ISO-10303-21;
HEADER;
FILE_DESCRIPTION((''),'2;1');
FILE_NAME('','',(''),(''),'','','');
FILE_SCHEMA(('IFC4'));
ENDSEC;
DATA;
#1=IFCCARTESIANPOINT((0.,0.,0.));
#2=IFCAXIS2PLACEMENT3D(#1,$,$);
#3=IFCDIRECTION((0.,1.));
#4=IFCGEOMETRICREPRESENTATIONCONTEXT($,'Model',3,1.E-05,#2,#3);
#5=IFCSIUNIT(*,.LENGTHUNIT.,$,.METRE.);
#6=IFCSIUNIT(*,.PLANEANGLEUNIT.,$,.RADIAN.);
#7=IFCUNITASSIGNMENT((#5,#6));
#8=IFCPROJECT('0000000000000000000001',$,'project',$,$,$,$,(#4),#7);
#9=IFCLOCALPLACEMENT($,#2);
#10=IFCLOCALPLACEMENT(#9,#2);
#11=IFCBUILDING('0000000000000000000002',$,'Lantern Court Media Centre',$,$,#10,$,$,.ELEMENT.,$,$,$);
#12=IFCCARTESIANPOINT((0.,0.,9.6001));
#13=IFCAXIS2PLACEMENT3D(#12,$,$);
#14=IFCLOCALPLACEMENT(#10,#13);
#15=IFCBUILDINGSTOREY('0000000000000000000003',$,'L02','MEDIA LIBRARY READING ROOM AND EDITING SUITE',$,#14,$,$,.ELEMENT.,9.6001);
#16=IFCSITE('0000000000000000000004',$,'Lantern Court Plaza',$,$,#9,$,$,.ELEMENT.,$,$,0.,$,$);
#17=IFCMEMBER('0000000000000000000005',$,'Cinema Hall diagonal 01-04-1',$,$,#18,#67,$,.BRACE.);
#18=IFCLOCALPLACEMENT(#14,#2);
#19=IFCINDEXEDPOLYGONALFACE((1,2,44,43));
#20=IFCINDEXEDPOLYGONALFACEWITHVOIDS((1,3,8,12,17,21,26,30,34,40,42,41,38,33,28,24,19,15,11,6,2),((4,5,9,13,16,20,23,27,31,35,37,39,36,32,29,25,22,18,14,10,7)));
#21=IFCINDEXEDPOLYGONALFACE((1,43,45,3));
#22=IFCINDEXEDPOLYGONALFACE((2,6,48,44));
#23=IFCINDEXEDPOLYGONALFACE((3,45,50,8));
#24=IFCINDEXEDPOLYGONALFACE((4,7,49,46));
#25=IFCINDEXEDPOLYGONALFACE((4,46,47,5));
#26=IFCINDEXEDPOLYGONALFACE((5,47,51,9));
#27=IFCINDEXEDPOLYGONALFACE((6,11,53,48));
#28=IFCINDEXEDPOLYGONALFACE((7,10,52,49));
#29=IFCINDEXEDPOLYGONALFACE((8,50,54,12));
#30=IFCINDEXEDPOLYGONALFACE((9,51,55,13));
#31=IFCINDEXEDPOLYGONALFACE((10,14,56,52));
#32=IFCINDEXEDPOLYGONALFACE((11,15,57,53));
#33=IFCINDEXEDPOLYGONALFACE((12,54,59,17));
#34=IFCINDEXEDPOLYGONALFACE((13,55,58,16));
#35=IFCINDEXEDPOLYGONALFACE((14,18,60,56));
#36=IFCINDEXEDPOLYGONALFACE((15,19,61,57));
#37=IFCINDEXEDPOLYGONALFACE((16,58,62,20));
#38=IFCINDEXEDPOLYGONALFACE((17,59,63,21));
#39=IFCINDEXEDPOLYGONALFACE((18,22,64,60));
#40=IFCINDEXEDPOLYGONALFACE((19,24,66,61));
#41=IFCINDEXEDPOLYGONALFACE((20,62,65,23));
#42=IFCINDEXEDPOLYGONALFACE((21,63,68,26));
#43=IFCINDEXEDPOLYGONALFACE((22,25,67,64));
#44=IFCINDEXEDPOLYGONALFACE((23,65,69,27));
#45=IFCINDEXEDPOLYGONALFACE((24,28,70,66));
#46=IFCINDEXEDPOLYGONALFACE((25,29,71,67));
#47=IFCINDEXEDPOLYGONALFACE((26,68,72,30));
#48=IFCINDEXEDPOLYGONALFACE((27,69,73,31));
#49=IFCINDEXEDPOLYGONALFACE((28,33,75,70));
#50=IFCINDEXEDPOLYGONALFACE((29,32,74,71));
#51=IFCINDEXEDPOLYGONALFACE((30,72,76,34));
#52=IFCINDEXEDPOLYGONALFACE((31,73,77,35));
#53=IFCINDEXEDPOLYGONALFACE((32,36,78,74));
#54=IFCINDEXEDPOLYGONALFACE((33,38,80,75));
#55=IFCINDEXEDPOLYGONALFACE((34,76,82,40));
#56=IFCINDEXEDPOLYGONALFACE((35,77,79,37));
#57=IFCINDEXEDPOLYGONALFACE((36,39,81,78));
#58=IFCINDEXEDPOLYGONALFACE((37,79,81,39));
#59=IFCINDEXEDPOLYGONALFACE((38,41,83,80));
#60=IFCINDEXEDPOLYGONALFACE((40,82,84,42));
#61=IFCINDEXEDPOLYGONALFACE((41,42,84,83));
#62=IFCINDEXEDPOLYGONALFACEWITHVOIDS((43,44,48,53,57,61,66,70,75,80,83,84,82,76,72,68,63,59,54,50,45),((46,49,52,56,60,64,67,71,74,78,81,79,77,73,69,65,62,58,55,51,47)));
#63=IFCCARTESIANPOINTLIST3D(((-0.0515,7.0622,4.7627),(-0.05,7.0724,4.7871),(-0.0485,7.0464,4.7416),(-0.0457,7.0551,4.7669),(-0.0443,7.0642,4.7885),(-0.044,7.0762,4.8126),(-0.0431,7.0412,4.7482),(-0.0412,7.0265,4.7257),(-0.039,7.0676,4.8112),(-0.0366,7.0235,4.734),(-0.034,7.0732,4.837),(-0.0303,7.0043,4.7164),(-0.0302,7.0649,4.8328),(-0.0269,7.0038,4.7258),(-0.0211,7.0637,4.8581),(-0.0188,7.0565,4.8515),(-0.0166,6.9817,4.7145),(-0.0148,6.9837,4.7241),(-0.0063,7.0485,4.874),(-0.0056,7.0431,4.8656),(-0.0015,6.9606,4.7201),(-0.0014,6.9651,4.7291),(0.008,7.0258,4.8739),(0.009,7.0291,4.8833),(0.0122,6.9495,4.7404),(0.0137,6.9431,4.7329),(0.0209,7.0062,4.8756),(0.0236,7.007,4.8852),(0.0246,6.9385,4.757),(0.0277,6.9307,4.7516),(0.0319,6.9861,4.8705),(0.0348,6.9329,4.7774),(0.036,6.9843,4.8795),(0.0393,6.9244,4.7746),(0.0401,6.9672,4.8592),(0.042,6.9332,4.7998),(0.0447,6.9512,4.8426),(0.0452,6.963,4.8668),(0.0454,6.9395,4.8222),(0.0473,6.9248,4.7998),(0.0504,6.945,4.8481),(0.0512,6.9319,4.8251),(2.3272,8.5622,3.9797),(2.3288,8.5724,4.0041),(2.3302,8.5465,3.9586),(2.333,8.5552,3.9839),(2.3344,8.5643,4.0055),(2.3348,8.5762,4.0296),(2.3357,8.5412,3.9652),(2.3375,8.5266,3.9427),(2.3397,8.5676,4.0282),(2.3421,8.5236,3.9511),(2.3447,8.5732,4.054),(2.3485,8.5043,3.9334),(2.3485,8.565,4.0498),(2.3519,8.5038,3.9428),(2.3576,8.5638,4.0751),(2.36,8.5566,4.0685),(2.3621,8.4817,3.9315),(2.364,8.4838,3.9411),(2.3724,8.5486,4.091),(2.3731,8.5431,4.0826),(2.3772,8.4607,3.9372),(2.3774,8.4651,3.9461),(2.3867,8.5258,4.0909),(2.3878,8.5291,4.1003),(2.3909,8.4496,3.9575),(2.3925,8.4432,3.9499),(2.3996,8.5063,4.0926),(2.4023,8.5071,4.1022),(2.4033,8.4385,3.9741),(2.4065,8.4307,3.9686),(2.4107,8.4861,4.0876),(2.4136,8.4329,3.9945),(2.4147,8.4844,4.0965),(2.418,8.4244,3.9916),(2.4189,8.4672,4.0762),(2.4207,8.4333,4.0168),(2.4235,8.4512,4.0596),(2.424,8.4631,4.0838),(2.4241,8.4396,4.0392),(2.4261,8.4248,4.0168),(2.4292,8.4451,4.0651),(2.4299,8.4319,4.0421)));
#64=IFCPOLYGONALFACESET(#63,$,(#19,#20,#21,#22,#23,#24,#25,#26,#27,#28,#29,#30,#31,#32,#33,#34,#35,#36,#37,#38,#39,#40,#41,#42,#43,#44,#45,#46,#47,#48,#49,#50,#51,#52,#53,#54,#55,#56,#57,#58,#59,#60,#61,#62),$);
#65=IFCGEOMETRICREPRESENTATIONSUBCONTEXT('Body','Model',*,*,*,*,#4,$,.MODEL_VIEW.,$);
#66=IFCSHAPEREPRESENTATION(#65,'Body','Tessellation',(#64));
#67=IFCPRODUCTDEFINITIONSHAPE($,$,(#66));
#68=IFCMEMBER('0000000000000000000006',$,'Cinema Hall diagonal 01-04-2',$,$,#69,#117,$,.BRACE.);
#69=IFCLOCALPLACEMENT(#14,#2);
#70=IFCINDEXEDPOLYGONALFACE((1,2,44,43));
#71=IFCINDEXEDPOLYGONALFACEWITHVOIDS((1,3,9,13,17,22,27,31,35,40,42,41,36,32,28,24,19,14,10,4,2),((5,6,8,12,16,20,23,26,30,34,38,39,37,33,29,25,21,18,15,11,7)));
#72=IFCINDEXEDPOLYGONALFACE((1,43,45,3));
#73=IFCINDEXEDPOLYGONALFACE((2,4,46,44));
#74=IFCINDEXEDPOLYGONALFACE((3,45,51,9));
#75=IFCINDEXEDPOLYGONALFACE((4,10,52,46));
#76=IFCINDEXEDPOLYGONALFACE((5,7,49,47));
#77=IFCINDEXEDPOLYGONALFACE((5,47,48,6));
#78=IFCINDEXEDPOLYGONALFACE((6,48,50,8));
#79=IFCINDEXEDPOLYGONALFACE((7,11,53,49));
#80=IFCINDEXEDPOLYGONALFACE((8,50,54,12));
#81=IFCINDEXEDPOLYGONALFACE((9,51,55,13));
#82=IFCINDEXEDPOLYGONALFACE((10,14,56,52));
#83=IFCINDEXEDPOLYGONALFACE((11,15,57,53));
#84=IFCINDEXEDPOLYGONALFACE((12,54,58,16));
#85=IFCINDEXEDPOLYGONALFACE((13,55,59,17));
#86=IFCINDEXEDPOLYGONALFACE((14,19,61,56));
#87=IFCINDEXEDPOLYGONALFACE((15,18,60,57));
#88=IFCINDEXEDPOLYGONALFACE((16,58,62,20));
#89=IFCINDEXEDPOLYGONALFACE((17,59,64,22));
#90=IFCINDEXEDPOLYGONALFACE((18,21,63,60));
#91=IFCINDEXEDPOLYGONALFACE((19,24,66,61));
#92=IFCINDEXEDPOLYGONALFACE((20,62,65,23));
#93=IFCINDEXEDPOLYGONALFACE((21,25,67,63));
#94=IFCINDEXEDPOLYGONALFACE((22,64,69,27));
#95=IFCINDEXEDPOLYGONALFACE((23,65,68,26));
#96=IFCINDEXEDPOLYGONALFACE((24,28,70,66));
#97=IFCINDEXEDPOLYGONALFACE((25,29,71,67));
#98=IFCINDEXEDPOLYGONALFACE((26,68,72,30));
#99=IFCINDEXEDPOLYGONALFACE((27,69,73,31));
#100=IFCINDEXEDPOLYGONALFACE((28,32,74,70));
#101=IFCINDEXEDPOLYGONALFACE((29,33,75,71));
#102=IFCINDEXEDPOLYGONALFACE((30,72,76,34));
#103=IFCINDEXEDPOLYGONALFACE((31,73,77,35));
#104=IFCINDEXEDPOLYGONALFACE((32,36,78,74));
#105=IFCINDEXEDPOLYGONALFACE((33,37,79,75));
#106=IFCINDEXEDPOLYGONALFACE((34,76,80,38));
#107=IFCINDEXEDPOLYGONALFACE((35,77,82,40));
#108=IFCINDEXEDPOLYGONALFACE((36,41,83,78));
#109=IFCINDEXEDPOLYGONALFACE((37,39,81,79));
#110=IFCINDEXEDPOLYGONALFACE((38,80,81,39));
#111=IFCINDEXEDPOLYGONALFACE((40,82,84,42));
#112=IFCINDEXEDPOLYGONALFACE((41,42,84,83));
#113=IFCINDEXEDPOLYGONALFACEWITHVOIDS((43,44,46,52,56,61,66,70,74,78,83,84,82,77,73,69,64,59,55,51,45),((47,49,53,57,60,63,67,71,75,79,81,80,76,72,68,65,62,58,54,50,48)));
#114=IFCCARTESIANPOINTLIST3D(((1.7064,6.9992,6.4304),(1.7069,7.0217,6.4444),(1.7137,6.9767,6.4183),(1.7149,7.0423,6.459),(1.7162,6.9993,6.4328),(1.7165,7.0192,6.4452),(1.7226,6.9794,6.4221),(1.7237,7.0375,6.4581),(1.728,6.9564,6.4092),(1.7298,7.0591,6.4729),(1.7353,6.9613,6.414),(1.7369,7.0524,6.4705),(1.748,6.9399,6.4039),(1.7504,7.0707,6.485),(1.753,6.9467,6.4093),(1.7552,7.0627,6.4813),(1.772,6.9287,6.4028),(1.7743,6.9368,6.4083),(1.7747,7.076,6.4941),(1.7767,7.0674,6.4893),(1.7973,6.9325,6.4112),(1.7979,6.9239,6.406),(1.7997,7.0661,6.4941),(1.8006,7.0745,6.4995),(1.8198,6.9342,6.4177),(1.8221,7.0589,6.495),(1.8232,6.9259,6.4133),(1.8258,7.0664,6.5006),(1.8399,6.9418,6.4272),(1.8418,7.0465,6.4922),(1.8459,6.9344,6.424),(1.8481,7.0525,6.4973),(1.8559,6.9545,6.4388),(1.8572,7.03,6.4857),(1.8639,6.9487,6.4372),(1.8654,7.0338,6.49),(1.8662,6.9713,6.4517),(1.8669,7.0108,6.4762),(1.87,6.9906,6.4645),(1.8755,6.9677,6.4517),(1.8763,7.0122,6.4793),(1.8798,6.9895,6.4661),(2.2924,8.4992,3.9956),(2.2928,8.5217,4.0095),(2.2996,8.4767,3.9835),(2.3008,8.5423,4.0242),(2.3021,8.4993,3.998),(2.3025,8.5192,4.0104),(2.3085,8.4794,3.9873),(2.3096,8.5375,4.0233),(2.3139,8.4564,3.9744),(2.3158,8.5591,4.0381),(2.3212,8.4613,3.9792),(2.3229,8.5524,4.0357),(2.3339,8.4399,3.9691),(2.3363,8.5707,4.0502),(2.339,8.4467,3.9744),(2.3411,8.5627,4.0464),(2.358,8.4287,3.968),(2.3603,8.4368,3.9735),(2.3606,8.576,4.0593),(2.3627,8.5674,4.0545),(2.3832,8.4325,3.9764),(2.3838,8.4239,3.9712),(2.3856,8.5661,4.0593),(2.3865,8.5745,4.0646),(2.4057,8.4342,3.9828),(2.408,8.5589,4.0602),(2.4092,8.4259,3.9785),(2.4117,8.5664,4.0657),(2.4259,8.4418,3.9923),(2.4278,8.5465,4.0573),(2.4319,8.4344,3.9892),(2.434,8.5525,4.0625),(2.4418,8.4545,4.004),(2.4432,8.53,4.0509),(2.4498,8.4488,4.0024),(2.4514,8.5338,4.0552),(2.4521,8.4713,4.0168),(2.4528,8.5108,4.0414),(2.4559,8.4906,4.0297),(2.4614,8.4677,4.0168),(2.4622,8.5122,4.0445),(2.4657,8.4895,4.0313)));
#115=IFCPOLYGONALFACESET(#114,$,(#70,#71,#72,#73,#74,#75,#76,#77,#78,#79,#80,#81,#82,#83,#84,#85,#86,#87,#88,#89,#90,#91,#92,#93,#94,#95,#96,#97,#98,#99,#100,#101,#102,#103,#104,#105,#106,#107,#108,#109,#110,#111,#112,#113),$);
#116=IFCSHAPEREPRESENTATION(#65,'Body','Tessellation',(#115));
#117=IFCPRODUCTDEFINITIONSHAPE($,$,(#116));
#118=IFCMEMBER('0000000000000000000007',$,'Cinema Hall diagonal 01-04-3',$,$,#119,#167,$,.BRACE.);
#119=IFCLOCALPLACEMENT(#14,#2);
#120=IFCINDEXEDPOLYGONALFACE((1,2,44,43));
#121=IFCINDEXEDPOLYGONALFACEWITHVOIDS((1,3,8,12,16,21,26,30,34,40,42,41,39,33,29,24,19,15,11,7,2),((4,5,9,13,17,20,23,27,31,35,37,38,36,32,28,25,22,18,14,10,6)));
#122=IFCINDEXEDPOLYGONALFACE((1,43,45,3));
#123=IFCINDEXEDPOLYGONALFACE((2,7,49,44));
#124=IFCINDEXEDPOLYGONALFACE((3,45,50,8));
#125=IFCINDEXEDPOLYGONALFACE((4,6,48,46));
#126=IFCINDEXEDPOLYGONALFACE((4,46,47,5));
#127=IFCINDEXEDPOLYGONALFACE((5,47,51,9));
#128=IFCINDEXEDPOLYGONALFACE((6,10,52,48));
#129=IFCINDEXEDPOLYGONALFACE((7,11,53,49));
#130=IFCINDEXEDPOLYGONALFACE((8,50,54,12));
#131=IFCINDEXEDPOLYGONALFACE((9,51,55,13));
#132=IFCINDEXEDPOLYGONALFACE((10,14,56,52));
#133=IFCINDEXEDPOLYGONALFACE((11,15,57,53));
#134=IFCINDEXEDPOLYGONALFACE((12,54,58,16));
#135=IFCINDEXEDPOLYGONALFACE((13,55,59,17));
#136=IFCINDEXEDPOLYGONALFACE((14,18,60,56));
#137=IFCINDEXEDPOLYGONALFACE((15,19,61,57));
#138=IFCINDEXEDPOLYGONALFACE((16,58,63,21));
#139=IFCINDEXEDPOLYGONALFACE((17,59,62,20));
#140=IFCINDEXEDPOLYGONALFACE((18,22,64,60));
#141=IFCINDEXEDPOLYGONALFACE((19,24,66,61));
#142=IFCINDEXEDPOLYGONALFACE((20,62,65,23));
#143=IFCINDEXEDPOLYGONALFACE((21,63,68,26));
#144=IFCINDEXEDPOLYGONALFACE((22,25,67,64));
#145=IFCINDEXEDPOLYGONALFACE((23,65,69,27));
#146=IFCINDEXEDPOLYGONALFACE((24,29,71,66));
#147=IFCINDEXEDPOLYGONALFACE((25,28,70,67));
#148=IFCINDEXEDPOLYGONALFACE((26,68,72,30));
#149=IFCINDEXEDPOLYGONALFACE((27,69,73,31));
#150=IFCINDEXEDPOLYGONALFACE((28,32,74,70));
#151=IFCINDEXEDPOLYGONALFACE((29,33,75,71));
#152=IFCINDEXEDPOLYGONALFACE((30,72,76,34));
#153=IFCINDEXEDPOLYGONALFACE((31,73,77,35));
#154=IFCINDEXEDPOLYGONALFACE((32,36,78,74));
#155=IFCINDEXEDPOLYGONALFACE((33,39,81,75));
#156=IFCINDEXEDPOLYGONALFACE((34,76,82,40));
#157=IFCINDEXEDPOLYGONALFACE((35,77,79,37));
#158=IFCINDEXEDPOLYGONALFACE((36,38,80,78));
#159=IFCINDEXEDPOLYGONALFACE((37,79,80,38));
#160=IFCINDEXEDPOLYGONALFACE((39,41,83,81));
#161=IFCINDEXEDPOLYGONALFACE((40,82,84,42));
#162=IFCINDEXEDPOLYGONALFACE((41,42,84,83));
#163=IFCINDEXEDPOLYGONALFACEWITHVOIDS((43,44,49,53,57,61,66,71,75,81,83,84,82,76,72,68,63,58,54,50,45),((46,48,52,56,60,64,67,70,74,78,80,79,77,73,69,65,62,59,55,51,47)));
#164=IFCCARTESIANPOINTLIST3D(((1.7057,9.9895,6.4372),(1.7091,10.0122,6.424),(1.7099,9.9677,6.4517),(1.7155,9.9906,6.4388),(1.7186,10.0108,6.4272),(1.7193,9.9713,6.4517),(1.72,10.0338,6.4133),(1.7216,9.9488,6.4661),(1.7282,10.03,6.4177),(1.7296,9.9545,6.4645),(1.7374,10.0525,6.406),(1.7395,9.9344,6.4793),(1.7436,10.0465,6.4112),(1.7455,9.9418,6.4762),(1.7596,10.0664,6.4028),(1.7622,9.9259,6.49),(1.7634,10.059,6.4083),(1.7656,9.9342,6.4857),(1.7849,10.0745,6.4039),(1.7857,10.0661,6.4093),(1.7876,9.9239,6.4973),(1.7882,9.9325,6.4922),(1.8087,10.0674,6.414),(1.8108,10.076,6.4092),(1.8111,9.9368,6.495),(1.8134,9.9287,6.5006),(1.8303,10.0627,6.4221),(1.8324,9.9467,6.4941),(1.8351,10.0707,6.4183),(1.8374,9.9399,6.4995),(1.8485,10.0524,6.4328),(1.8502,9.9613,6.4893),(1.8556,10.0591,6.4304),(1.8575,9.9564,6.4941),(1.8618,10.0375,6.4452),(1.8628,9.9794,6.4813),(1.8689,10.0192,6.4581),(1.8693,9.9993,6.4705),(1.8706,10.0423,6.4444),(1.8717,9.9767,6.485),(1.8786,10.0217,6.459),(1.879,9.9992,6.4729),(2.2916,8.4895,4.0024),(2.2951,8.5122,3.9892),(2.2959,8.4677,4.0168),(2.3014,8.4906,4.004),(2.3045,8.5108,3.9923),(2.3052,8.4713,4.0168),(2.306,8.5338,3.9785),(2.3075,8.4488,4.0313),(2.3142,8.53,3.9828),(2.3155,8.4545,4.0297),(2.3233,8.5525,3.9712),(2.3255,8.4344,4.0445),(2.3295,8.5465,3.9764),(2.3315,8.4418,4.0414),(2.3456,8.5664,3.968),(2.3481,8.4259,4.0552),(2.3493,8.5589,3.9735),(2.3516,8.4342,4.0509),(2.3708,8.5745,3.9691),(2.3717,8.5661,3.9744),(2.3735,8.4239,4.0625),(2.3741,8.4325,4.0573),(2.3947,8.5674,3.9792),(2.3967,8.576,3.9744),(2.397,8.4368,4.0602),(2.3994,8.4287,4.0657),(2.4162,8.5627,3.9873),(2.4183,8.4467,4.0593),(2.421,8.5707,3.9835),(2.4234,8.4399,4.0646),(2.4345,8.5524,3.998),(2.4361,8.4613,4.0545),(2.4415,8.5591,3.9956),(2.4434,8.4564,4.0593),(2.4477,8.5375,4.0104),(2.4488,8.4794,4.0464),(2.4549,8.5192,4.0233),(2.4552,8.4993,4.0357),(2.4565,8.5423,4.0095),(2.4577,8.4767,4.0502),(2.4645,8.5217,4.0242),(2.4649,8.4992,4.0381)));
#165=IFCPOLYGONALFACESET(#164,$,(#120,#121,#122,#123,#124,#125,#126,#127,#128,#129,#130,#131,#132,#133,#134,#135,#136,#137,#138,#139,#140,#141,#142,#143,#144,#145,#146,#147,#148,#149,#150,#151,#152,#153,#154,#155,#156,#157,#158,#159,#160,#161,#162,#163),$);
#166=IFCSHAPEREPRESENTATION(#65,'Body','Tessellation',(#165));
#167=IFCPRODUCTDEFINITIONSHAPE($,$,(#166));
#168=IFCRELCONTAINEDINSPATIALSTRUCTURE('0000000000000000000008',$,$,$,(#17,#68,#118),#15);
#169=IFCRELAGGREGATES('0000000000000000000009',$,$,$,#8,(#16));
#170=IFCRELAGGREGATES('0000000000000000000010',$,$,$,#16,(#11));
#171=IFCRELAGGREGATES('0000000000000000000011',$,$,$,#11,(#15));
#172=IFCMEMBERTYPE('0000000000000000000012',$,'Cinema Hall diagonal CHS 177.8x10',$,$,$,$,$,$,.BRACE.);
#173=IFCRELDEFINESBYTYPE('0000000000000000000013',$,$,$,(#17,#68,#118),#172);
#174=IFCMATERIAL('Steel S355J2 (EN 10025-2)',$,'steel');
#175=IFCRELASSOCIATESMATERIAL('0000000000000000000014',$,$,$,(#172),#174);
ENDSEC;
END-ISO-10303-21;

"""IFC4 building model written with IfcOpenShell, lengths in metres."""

from ifc_helpers import new_model, si_unit, direction, frame, origin, origin_2d, place, context, subcontext, project, spatial, hollow_circle, extrude, material, material_profile, profile_set, type_object, element, save


model = new_model("IFC4")

# Units and contexts
model_context = context("Model", 3, precision=1e-05, world=origin(), true_north=direction((0.0, 1.0)))
body_context = subcontext(model_context, "Body", "Model", "MODEL_VIEW")
ifc_project = project(units=[si_unit("LENGTHUNIT", "METRE"), si_unit("PLANEANGLEUNIT", "RADIAN")], contexts=[model_context])

# Site, building, storey
site_placement = place(None, origin())
site = spatial("IfcSite", under=ifc_project, at=site_placement, Name="Lantern Court Plaza", CompositionType="ELEMENT", RefElevation=0.0)
building_placement = place(site_placement, origin())
building = spatial("IfcBuilding", under=site, at=building_placement, Name="Lantern Court Media Centre", CompositionType="ELEMENT")
storey_placement = place(building_placement, frame((0.0, 0.0, 9.6001)))
storey = spatial("IfcBuildingStorey", under=building, at=storey_placement, Name="L02", Description="MEDIA LIBRARY READING ROOM AND EDITING SUITE", CompositionType="ELEMENT", Elevation=9.6001)

# Shared definitions
ifc_material = material(Name="Steel S355J2 (EN 10025-2)", Category="steel")

# Members
ifc_material_profile_1 = material_profile(ifc_material, hollow_circle(Radius=0.0889, WallThickness=0.01, at=origin_2d()), Name="Cinema Hall diagonal CHS 177.8x10")
ifc_profile_set_1 = profile_set([ifc_material_profile_1], Name="Steel S355J2 (EN 10025-2)")
member_type_1 = type_object("IfcMemberType", Name="Cinema Hall diagonal CHS 177.8x10", PredefinedType="BRACE", material=ifc_profile_set_1)
for number, where, z_axis, x_axis, name in (
    (1, (2.3787, 8.5, 4.0168), (-0.814866, -0.51386, 0.268221), (0.533405, -0.84586, 0.0), "Cinema Hall diagonal 01-04-1"),
    (2, (2.3787, 8.5, 4.0168), (-0.20072, -0.513842, 0.834073), (0.931457, -0.363851, 0.0), "Cinema Hall diagonal 01-04-2"),
    (3, (2.3787, 8.5, 4.0168), (-0.20072, 0.513842, 0.834073), (-0.931457, -0.363851, 0.0), "Cinema Hall diagonal 01-04-3"),
):
    element("IfcMember", number, at=place(storey_placement, frame(where, z_axis=z_axis, x_axis=x_axis)), inside=storey, type_object=member_type_1, Name=name, PredefinedType="BRACE", context=body_context, shape_type="SweptSolid", body=[
        extrude(hollow_circle(Radius=0.0889, WallThickness=0.01, at=origin_2d()), origin(), (0.0, 0.0, 1.0), 2.9192),
    ])

save(model, "model.ifc")
